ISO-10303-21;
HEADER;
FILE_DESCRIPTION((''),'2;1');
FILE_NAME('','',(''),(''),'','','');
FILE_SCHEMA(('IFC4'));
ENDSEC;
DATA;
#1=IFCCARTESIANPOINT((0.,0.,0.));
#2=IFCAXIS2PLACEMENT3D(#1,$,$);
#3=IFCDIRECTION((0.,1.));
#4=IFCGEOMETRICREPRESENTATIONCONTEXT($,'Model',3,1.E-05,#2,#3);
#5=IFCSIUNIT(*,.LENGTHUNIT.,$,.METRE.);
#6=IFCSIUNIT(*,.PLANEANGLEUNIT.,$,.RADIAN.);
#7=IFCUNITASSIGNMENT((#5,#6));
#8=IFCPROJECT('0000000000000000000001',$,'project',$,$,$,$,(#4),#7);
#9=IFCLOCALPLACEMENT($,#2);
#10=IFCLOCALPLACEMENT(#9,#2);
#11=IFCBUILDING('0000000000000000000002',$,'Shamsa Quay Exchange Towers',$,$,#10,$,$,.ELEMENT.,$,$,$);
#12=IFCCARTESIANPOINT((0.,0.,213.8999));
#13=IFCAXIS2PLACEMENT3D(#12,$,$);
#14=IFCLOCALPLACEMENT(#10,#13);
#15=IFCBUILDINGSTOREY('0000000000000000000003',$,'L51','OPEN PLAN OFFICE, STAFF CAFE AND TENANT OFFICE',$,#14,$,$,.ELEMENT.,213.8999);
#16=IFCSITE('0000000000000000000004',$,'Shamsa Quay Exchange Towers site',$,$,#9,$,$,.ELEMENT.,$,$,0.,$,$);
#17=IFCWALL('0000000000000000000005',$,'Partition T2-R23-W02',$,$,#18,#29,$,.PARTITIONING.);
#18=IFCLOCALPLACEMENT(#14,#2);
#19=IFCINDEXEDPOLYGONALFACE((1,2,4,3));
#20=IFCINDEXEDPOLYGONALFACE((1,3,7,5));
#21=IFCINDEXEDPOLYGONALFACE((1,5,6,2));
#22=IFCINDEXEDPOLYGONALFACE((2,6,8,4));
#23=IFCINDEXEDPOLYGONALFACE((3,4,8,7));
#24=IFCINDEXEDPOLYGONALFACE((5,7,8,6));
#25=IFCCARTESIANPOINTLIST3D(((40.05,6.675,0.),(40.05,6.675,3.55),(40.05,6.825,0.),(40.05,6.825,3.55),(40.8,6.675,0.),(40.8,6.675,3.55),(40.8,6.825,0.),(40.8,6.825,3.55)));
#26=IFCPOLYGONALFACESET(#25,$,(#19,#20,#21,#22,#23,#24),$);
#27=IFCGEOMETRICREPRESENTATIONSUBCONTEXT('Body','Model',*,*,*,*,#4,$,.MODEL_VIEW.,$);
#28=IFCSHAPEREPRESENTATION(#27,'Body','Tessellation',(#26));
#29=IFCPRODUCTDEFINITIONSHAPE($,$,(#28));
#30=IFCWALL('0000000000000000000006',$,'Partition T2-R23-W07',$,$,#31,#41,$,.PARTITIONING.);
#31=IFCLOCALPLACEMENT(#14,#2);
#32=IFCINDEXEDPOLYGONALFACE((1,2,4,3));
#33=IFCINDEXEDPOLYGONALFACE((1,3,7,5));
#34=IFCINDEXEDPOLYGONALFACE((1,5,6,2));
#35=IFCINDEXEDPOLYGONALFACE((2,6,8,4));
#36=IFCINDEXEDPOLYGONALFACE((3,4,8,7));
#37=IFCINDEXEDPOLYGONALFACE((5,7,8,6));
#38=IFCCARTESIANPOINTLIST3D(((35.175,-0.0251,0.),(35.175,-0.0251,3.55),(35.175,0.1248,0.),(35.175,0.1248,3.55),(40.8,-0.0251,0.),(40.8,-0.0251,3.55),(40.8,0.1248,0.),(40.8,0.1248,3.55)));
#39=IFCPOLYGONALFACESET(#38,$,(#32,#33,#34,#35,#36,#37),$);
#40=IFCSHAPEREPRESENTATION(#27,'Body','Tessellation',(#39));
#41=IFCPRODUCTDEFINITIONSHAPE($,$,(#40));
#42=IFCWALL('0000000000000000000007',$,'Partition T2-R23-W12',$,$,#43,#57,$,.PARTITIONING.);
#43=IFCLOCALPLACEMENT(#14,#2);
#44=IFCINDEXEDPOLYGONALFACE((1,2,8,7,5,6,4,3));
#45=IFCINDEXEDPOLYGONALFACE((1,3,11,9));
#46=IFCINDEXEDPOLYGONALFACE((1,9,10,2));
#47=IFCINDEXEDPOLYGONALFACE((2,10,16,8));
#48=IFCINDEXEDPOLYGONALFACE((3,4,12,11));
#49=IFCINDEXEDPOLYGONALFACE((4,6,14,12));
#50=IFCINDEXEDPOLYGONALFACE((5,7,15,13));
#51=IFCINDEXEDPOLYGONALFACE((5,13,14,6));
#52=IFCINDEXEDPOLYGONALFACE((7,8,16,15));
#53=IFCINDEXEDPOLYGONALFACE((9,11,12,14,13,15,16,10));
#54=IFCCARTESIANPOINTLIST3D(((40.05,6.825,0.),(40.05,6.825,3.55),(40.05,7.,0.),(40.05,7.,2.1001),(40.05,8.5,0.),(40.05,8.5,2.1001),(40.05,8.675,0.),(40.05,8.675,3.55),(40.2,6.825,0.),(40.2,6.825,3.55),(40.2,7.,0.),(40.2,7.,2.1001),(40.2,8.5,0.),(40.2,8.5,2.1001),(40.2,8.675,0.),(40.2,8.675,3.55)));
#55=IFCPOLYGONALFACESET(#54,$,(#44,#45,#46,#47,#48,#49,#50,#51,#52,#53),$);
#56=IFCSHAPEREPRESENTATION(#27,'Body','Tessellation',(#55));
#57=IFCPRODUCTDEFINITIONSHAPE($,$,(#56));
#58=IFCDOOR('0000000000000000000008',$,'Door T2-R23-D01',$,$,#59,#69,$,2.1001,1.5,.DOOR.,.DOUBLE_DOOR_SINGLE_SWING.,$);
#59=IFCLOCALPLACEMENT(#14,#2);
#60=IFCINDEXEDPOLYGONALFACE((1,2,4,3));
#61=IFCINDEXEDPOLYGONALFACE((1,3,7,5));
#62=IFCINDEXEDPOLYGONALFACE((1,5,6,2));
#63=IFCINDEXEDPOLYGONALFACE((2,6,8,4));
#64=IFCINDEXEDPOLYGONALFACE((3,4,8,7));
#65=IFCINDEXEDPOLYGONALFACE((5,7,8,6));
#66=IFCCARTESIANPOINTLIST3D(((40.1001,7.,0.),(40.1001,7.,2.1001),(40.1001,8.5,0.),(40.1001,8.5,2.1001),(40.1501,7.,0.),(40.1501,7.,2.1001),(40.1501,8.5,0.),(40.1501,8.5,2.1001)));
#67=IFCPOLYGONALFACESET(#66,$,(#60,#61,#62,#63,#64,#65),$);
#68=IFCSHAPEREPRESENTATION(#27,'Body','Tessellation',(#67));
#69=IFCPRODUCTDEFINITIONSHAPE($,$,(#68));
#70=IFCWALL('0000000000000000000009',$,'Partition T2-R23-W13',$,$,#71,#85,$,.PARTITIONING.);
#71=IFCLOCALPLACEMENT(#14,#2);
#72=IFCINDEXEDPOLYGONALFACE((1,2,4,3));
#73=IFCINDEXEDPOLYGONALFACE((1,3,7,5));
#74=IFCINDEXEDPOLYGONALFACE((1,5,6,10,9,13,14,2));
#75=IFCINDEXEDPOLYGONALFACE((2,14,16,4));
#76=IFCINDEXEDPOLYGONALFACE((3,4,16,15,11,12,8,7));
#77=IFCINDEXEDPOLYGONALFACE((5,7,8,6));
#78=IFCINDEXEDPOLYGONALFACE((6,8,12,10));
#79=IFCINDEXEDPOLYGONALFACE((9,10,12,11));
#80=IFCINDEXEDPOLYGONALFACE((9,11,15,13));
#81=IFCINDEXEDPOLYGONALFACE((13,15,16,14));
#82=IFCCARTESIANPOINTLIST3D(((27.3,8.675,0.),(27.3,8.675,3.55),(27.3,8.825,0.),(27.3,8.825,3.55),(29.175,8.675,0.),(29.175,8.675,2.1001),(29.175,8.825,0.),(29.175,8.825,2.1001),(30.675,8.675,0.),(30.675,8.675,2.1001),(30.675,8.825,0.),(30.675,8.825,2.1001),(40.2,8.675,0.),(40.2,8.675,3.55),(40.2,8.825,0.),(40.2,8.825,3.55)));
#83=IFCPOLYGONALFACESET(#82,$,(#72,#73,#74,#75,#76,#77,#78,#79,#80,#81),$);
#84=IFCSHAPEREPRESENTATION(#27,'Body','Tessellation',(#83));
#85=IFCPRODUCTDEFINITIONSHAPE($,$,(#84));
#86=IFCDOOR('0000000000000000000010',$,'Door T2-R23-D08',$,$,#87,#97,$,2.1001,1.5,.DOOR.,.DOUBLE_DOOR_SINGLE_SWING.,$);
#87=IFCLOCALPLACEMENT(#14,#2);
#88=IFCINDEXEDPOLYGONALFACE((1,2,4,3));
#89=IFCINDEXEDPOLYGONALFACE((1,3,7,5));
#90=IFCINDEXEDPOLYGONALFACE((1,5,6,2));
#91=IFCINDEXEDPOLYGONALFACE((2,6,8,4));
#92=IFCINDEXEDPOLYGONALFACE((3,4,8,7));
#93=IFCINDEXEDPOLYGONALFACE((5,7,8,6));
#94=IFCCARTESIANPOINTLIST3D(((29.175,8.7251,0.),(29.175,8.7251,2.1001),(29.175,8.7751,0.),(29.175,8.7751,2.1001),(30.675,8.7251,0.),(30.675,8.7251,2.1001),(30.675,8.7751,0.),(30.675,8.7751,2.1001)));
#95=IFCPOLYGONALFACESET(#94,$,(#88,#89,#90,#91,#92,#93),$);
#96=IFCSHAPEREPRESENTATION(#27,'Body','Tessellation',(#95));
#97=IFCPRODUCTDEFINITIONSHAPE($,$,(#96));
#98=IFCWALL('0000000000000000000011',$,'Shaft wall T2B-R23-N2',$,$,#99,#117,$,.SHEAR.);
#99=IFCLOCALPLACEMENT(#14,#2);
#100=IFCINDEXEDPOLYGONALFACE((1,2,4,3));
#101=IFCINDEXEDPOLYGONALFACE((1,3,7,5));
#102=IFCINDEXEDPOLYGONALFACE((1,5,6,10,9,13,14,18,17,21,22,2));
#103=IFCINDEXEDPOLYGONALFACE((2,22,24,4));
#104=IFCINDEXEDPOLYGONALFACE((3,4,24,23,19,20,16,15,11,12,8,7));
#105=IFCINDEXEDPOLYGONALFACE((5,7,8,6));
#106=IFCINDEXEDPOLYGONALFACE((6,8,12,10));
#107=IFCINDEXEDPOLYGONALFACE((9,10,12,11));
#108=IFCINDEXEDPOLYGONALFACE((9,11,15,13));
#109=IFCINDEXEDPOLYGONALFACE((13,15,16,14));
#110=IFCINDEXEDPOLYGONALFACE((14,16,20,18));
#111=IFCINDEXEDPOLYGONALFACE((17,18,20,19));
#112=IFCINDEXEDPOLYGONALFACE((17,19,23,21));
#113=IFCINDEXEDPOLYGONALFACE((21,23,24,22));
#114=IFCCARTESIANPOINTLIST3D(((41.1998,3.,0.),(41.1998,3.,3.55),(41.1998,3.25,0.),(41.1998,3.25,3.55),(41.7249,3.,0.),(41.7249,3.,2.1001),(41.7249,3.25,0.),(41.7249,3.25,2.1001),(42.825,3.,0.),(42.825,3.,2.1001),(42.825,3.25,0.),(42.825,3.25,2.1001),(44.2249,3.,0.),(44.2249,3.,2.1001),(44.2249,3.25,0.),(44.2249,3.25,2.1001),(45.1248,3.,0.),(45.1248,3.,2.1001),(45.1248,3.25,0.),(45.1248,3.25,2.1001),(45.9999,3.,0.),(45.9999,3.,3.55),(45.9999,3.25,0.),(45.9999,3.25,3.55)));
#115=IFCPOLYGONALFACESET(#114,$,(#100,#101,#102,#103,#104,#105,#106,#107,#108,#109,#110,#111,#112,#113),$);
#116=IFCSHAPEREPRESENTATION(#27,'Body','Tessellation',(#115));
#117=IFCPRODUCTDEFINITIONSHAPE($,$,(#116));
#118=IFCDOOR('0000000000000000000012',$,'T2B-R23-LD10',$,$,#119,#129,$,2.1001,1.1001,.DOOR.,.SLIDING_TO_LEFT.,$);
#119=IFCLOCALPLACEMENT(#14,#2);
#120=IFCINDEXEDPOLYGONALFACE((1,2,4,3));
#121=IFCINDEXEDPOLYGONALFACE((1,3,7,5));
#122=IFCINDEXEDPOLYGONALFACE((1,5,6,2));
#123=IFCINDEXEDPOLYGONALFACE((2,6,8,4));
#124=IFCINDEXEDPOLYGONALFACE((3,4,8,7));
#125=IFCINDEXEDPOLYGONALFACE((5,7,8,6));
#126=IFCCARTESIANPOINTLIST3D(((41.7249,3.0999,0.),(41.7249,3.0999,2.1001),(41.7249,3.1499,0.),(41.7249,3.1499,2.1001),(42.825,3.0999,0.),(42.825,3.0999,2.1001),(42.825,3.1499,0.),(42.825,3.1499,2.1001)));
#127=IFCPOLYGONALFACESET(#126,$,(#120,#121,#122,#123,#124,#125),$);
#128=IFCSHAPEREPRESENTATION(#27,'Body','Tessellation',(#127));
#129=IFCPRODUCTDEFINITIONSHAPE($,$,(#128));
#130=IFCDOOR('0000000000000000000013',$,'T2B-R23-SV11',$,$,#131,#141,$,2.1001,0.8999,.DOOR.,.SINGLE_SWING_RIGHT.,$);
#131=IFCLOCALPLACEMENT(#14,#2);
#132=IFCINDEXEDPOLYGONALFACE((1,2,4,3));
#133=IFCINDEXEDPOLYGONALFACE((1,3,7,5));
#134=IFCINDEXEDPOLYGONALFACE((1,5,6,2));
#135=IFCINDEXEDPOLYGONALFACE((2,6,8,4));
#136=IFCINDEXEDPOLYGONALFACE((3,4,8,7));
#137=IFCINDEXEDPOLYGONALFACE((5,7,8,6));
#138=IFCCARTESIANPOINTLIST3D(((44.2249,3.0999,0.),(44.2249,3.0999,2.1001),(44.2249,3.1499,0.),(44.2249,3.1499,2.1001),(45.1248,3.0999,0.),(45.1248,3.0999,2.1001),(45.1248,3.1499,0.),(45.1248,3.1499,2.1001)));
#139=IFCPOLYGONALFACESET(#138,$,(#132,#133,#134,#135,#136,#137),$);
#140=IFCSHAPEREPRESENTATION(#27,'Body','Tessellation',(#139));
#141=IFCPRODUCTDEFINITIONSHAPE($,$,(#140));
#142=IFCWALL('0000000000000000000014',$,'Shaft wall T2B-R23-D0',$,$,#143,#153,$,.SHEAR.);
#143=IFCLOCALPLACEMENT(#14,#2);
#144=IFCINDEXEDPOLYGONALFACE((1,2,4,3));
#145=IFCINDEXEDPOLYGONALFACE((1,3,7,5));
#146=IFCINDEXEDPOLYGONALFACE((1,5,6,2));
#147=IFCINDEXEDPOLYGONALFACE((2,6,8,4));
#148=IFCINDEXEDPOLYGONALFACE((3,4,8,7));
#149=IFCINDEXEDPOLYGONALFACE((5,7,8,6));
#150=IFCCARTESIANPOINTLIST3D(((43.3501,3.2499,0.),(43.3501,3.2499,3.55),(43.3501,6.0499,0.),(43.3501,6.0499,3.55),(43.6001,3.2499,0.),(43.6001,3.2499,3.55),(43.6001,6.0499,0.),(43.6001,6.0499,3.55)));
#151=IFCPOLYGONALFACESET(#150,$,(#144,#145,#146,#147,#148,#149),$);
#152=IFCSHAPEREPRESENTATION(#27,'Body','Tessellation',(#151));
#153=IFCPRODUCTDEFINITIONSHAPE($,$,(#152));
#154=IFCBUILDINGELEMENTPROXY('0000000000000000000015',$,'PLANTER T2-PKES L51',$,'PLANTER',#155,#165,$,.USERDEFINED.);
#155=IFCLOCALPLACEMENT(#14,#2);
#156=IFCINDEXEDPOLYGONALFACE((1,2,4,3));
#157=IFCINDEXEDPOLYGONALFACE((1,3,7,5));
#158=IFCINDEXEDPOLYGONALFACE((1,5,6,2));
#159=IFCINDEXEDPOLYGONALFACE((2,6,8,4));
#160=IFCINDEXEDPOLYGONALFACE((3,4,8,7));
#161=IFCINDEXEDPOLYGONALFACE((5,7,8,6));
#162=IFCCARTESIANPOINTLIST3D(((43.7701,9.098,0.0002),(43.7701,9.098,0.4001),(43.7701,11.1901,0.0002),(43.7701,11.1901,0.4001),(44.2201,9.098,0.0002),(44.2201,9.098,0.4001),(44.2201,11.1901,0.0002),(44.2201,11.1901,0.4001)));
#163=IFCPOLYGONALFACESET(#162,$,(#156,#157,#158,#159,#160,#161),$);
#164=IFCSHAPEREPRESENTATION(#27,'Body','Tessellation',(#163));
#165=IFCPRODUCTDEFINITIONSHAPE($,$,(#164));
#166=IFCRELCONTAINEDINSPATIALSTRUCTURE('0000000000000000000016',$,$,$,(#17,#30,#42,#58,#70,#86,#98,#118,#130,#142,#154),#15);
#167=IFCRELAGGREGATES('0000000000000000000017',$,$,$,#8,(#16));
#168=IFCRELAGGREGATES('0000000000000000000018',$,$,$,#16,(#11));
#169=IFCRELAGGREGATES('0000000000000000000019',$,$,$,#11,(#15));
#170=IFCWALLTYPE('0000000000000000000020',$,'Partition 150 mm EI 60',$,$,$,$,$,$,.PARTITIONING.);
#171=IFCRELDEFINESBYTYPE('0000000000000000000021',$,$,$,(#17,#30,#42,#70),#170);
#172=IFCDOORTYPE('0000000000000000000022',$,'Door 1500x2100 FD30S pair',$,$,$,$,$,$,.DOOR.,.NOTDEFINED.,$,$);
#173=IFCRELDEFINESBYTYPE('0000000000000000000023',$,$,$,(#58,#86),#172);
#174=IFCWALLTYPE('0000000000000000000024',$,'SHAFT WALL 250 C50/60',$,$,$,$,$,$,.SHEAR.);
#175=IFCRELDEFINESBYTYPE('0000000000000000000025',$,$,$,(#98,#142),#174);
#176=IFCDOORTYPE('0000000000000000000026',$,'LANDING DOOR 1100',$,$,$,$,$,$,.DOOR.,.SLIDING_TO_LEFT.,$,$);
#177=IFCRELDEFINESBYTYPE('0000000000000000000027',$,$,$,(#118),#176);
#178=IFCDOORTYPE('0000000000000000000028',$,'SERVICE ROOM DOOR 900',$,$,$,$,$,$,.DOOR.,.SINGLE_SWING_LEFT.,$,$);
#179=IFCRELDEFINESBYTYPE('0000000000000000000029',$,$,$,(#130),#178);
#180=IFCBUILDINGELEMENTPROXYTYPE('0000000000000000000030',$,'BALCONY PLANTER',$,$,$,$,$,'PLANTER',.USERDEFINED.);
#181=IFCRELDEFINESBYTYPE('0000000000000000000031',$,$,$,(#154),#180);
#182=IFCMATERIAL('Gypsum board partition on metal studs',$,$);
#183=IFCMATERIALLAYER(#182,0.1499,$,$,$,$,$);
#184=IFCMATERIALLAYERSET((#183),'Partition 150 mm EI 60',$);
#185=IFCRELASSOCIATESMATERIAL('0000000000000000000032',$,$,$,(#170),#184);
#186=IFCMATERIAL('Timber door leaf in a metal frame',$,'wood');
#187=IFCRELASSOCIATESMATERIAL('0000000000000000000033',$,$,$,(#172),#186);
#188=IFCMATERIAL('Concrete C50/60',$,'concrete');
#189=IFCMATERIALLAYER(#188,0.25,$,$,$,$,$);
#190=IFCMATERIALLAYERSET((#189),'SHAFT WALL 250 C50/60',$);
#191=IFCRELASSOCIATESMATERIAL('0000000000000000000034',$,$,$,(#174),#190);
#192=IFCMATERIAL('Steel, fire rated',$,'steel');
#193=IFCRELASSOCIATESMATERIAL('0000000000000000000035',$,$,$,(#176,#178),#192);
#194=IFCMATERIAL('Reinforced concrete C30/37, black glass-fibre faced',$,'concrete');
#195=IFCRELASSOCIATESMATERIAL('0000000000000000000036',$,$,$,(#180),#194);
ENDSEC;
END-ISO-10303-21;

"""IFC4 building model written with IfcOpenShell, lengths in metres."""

from ifc_helpers import new_model, si_unit, direction, frame, frame_2d, origin, origin_2d, place, context, subcontext, project, spatial, rectangle, extrude, material, layer, layer_set, type_object, element, fill, save


model = new_model("IFC4")

# Units and contexts
model_context = context("Model", 3, precision=1e-05, world=origin(), true_north=direction((0.0, 1.0)))
body_context = subcontext(model_context, "Body", "Model", "MODEL_VIEW")
ifc_project = project(units=[si_unit("LENGTHUNIT", "METRE"), si_unit("PLANEANGLEUNIT", "RADIAN")], contexts=[model_context])

# Site, building, storey
site_placement = place(None, origin())
site = spatial("IfcSite", under=ifc_project, at=site_placement, Name="Shamsa Quay Exchange Towers site", CompositionType="ELEMENT", RefElevation=0.0)
building_placement = place(site_placement, origin())
building = spatial("IfcBuilding", under=site, at=building_placement, Name="Shamsa Quay Exchange Towers", CompositionType="ELEMENT")
storey_placement = place(building_placement, frame((0.0, 0.0, 213.8999)))
storey = spatial("IfcBuildingStorey", under=building, at=storey_placement, Name="L51", Description="OPEN PLAN OFFICE, STAFF CAFE AND TENANT OFFICE", CompositionType="ELEMENT", Elevation=213.8999)

# Shared definitions
ifc_material_1 = material(Name="Gypsum board partition on metal studs")
ifc_material_2 = material(Name="Timber door leaf in a metal frame", Category="wood")

# Walls
ifc_layer_1 = layer(ifc_material_1, 0.1499)
ifc_layer_set_1 = layer_set([ifc_layer_1], Name="Partition 150 mm EI 60")
wall_type_1 = type_object("IfcWallType", Name="Partition 150 mm EI 60", PredefinedType="PARTITIONING", material=ifc_layer_set_1)
wall_1_placement = place(storey_placement, frame((40.8, 6.75, 0.0), z_axis=(0.0, 0.0, 1.0), x_axis=(-1.0, 0.0, 0.0)))
element("IfcWall", 1, at=wall_1_placement, inside=storey, type_object=wall_type_1, Name="Partition T2-R23-W02", PredefinedType="PARTITIONING", context=body_context, shape_type="SweptSolid", body=[
    extrude(rectangle(XDim=0.75, YDim=0.1499, at=frame_2d((0.375, 0.0))), origin(), (0.0, 0.0, 1.0), 3.55),
])
wall_2_placement = place(storey_placement, frame((40.8, 0.0498, 0.0), z_axis=(0.0, 0.0, 1.0), x_axis=(-1.0, 0.0, 0.0)))
element("IfcWall", 2, at=wall_2_placement, inside=storey, type_object=wall_type_1, Name="Partition T2-R23-W07", PredefinedType="PARTITIONING", context=body_context, shape_type="SweptSolid", body=[
    extrude(rectangle(XDim=5.625, YDim=0.1499, at=frame_2d((2.8125, 0.0))), origin(), (0.0, 0.0, 1.0), 3.55),
])

# Walls, openings, doors
wall_3_placement = place(storey_placement, frame((40.125, 6.825, 0.0), z_axis=(0.0, 0.0, 1.0), x_axis=(0.0, 1.0, 0.0)))
wall_3 = element("IfcWall", 3, at=wall_3_placement, inside=storey, type_object=wall_type_1, Name="Partition T2-R23-W12", PredefinedType="PARTITIONING", context=body_context, shape_type="SweptSolid", body=[
    extrude(rectangle(XDim=1.8501, YDim=0.1499, at=frame_2d((0.925, 0.0))), origin(), (0.0, 0.0, 1.0), 3.55),
])
opening_1_placement = place(wall_3_placement, frame((0.175, 0.0, 0.0)))
opening_1 = element("IfcOpeningElement", 4, at=opening_1_placement, cuts=wall_3, PredefinedType="OPENING", context=body_context, shape_type="SweptSolid", body=[
    extrude(rectangle(XDim=1.5, YDim=2.1001, at=frame_2d((0.75, 1.05))), frame((0.0, 0.085, 0.0), z_axis=(0.0, -1.0, 0.0), x_axis=(1.0, 0.0, 0.0)), (0.0, 0.0, 1.0), 0.1699),
])
door_type_1 = type_object("IfcDoorType", Name="Door 1500x2100 FD30S pair", OperationType="NOTDEFINED", PredefinedType="DOOR", material=ifc_material_2)
door_1_placement = place(opening_1_placement, origin())
door_1 = element("IfcDoor", 5, at=door_1_placement, inside=storey, type_object=door_type_1, Name="Door T2-R23-D01", OperationType="DOUBLE_DOOR_SINGLE_SWING", OverallHeight=2.1001, OverallWidth=1.5, PredefinedType="DOOR", context=body_context, shape_type="SweptSolid", body=[
    extrude(rectangle(XDim=1.5, YDim=2.1001, at=frame_2d((0.75, 1.05))), frame((0.0, 0.0249, 0.0), z_axis=(0.0, -1.0, 0.0), x_axis=(1.0, 0.0, 0.0)), (0.0, 0.0, 1.0), 0.05),
])
fill(opening_1, door_1)
wall_4_placement = place(storey_placement, frame((40.2, 8.75, 0.0), z_axis=(0.0, 0.0, 1.0), x_axis=(-1.0, 0.0, 0.0)))
wall_4 = element("IfcWall", 6, at=wall_4_placement, inside=storey, type_object=wall_type_1, Name="Partition T2-R23-W13", PredefinedType="PARTITIONING", context=body_context, shape_type="SweptSolid", body=[
    extrude(rectangle(XDim=12.8999, YDim=0.1499, at=frame_2d((6.45, 0.0))), origin(), (0.0, 0.0, 1.0), 3.55),
])
opening_2_placement = place(wall_4_placement, frame((9.5249, 0.0, 0.0)))
opening_2 = element("IfcOpeningElement", 7, at=opening_2_placement, cuts=wall_4, PredefinedType="OPENING", context=body_context, shape_type="SweptSolid", body=[
    extrude(rectangle(XDim=1.5, YDim=2.1001, at=frame_2d((0.75, 1.05))), frame((0.0, 0.085, 0.0), z_axis=(0.0, -1.0, 0.0), x_axis=(1.0, 0.0, 0.0)), (0.0, 0.0, 1.0), 0.1699),
])
door_2_placement = place(opening_2_placement, origin())
door_2 = element("IfcDoor", 8, at=door_2_placement, inside=storey, type_object=door_type_1, Name="Door T2-R23-D08", OperationType="DOUBLE_DOOR_SINGLE_SWING", OverallHeight=2.1001, OverallWidth=1.5, PredefinedType="DOOR", context=body_context, shape_type="SweptSolid", body=[
    extrude(rectangle(XDim=1.5, YDim=2.1001, at=frame_2d((0.75, 1.05))), frame((0.0, 0.0249, 0.0), z_axis=(0.0, -1.0, 0.0), x_axis=(1.0, 0.0, 0.0)), (0.0, 0.0, 1.0), 0.05),
])
fill(opening_2, door_2)

# Wall, openings, doors
ifc_material_3 = material(Name="Concrete C50/60", Category="concrete")
ifc_layer_2 = layer(ifc_material_3, 0.25)
ifc_layer_set_2 = layer_set([ifc_layer_2], Name="SHAFT WALL 250 C50/60")
wall_type_2 = type_object("IfcWallType", Name="SHAFT WALL 250 C50/60", PredefinedType="SHEAR", material=ifc_layer_set_2)
wall_5_placement = place(storey_placement, frame((41.2, 3.125, 0.0)))
wall_5 = element("IfcWall", 9, at=wall_5_placement, inside=storey, type_object=wall_type_2, Name="Shaft wall T2B-R23-N2", PredefinedType="SHEAR", context=body_context, shape_type="SweptSolid", body=[
    extrude(rectangle(XDim=4.8, YDim=0.25, at=frame_2d((2.3999, 0.0))), origin(), (0.0, 0.0, 1.0), 3.55),
])
opening_3_placement = place(wall_5_placement, frame((0.5249, 0.0, 0.0)))
opening_3 = element("IfcOpeningElement", 10, at=opening_3_placement, cuts=wall_5, PredefinedType="OPENING", context=body_context, shape_type="SweptSolid", body=[
    extrude(rectangle(XDim=1.1001, YDim=2.1001, at=frame_2d((0.55, 1.05))), frame((0.0, 0.135, 0.0), z_axis=(0.0, -1.0, 0.0), x_axis=(1.0, 0.0, 0.0)), (0.0, 0.0, 1.0), 0.27),
])
opening_4_placement = place(wall_5_placement, frame((3.0249, 0.0, 0.0)))
opening_4 = element("IfcOpeningElement", 11, at=opening_4_placement, cuts=wall_5, PredefinedType="OPENING", context=body_context, shape_type="SweptSolid", body=[
    extrude(rectangle(XDim=0.8999, YDim=2.1001, at=frame_2d((0.45, 1.05))), frame((0.0, 0.135, 0.0), z_axis=(0.0, -1.0, 0.0), x_axis=(1.0, 0.0, 0.0)), (0.0, 0.0, 1.0), 0.27),
])
ifc_material_4 = material(Name="Steel, fire rated", Category="steel")
door_type_2 = type_object("IfcDoorType", Name="LANDING DOOR 1100", OperationType="SLIDING_TO_LEFT", PredefinedType="DOOR", material=ifc_material_4)
door_3_placement = place(opening_3_placement, origin())
door_3 = element("IfcDoor", 12, at=door_3_placement, inside=storey, type_object=door_type_2, Name="T2B-R23-LD10", OperationType="SLIDING_TO_LEFT", OverallHeight=2.1001, OverallWidth=1.1001, PredefinedType="DOOR", context=body_context, shape_type="SweptSolid", body=[
    extrude(rectangle(XDim=1.1001, YDim=2.1001, at=frame_2d((0.55, 1.05))), frame((0.0, 0.0249, 0.0), z_axis=(0.0, -1.0, 0.0), x_axis=(1.0, 0.0, 0.0)), (0.0, 0.0, 1.0), 0.05),
])
fill(opening_3, door_3)
door_type_3 = type_object("IfcDoorType", Name="SERVICE ROOM DOOR 900", OperationType="SINGLE_SWING_LEFT", PredefinedType="DOOR", material=ifc_material_4)
door_4_placement = place(opening_4_placement, origin())
door_4 = element("IfcDoor", 13, at=door_4_placement, inside=storey, type_object=door_type_3, Name="T2B-R23-SV11", OperationType="SINGLE_SWING_RIGHT", OverallHeight=2.1001, OverallWidth=0.8999, PredefinedType="DOOR", context=body_context, shape_type="SweptSolid", body=[
    extrude(rectangle(XDim=0.8999, YDim=2.1001, at=frame_2d((0.45, 1.05))), frame((0.0, 0.0249, 0.0), z_axis=(0.0, -1.0, 0.0), x_axis=(1.0, 0.0, 0.0)), (0.0, 0.0, 1.0), 0.05),
])
fill(opening_4, door_4)

# Wall
wall_6_placement = place(storey_placement, frame((43.4751, 3.25, 0.0), z_axis=(0.0, 0.0, 1.0), x_axis=(0.0, 1.0, 0.0)))
element("IfcWall", 14, at=wall_6_placement, inside=storey, type_object=wall_type_2, Name="Shaft wall T2B-R23-D0", PredefinedType="SHEAR", context=body_context, shape_type="SweptSolid", body=[
    extrude(rectangle(XDim=2.8, YDim=0.25, at=frame_2d((1.3999, 0.0))), origin(), (0.0, 0.0, 1.0), 3.55),
])

# Building element proxy
ifc_material_5 = material(Name="Reinforced concrete C30/37, black glass-fibre faced", Category="concrete")
building_element_proxy_type = type_object("IfcBuildingElementProxyType", Name="BALCONY PLANTER", ElementType="PLANTER", PredefinedType="USERDEFINED", material=ifc_material_5)
proxy_placement = place(storey_placement, frame((43.9951, 10.144, 0.0002), z_axis=(0.0, 0.0, 1.0), x_axis=(0.0, 1.0, 0.0)))
element("IfcBuildingElementProxy", 15, at=proxy_placement, inside=storey, type_object=building_element_proxy_type, Name="PLANTER T2-PKES L51", ObjectType="PLANTER", PredefinedType="USERDEFINED", context=body_context, shape_type="SweptSolid", body=[
    extrude(rectangle(XDim=2.092, YDim=0.45, at=origin_2d()), origin(), (0.0, 0.0, 1.0), 0.3999),
])

save(model, "model.ifc")
